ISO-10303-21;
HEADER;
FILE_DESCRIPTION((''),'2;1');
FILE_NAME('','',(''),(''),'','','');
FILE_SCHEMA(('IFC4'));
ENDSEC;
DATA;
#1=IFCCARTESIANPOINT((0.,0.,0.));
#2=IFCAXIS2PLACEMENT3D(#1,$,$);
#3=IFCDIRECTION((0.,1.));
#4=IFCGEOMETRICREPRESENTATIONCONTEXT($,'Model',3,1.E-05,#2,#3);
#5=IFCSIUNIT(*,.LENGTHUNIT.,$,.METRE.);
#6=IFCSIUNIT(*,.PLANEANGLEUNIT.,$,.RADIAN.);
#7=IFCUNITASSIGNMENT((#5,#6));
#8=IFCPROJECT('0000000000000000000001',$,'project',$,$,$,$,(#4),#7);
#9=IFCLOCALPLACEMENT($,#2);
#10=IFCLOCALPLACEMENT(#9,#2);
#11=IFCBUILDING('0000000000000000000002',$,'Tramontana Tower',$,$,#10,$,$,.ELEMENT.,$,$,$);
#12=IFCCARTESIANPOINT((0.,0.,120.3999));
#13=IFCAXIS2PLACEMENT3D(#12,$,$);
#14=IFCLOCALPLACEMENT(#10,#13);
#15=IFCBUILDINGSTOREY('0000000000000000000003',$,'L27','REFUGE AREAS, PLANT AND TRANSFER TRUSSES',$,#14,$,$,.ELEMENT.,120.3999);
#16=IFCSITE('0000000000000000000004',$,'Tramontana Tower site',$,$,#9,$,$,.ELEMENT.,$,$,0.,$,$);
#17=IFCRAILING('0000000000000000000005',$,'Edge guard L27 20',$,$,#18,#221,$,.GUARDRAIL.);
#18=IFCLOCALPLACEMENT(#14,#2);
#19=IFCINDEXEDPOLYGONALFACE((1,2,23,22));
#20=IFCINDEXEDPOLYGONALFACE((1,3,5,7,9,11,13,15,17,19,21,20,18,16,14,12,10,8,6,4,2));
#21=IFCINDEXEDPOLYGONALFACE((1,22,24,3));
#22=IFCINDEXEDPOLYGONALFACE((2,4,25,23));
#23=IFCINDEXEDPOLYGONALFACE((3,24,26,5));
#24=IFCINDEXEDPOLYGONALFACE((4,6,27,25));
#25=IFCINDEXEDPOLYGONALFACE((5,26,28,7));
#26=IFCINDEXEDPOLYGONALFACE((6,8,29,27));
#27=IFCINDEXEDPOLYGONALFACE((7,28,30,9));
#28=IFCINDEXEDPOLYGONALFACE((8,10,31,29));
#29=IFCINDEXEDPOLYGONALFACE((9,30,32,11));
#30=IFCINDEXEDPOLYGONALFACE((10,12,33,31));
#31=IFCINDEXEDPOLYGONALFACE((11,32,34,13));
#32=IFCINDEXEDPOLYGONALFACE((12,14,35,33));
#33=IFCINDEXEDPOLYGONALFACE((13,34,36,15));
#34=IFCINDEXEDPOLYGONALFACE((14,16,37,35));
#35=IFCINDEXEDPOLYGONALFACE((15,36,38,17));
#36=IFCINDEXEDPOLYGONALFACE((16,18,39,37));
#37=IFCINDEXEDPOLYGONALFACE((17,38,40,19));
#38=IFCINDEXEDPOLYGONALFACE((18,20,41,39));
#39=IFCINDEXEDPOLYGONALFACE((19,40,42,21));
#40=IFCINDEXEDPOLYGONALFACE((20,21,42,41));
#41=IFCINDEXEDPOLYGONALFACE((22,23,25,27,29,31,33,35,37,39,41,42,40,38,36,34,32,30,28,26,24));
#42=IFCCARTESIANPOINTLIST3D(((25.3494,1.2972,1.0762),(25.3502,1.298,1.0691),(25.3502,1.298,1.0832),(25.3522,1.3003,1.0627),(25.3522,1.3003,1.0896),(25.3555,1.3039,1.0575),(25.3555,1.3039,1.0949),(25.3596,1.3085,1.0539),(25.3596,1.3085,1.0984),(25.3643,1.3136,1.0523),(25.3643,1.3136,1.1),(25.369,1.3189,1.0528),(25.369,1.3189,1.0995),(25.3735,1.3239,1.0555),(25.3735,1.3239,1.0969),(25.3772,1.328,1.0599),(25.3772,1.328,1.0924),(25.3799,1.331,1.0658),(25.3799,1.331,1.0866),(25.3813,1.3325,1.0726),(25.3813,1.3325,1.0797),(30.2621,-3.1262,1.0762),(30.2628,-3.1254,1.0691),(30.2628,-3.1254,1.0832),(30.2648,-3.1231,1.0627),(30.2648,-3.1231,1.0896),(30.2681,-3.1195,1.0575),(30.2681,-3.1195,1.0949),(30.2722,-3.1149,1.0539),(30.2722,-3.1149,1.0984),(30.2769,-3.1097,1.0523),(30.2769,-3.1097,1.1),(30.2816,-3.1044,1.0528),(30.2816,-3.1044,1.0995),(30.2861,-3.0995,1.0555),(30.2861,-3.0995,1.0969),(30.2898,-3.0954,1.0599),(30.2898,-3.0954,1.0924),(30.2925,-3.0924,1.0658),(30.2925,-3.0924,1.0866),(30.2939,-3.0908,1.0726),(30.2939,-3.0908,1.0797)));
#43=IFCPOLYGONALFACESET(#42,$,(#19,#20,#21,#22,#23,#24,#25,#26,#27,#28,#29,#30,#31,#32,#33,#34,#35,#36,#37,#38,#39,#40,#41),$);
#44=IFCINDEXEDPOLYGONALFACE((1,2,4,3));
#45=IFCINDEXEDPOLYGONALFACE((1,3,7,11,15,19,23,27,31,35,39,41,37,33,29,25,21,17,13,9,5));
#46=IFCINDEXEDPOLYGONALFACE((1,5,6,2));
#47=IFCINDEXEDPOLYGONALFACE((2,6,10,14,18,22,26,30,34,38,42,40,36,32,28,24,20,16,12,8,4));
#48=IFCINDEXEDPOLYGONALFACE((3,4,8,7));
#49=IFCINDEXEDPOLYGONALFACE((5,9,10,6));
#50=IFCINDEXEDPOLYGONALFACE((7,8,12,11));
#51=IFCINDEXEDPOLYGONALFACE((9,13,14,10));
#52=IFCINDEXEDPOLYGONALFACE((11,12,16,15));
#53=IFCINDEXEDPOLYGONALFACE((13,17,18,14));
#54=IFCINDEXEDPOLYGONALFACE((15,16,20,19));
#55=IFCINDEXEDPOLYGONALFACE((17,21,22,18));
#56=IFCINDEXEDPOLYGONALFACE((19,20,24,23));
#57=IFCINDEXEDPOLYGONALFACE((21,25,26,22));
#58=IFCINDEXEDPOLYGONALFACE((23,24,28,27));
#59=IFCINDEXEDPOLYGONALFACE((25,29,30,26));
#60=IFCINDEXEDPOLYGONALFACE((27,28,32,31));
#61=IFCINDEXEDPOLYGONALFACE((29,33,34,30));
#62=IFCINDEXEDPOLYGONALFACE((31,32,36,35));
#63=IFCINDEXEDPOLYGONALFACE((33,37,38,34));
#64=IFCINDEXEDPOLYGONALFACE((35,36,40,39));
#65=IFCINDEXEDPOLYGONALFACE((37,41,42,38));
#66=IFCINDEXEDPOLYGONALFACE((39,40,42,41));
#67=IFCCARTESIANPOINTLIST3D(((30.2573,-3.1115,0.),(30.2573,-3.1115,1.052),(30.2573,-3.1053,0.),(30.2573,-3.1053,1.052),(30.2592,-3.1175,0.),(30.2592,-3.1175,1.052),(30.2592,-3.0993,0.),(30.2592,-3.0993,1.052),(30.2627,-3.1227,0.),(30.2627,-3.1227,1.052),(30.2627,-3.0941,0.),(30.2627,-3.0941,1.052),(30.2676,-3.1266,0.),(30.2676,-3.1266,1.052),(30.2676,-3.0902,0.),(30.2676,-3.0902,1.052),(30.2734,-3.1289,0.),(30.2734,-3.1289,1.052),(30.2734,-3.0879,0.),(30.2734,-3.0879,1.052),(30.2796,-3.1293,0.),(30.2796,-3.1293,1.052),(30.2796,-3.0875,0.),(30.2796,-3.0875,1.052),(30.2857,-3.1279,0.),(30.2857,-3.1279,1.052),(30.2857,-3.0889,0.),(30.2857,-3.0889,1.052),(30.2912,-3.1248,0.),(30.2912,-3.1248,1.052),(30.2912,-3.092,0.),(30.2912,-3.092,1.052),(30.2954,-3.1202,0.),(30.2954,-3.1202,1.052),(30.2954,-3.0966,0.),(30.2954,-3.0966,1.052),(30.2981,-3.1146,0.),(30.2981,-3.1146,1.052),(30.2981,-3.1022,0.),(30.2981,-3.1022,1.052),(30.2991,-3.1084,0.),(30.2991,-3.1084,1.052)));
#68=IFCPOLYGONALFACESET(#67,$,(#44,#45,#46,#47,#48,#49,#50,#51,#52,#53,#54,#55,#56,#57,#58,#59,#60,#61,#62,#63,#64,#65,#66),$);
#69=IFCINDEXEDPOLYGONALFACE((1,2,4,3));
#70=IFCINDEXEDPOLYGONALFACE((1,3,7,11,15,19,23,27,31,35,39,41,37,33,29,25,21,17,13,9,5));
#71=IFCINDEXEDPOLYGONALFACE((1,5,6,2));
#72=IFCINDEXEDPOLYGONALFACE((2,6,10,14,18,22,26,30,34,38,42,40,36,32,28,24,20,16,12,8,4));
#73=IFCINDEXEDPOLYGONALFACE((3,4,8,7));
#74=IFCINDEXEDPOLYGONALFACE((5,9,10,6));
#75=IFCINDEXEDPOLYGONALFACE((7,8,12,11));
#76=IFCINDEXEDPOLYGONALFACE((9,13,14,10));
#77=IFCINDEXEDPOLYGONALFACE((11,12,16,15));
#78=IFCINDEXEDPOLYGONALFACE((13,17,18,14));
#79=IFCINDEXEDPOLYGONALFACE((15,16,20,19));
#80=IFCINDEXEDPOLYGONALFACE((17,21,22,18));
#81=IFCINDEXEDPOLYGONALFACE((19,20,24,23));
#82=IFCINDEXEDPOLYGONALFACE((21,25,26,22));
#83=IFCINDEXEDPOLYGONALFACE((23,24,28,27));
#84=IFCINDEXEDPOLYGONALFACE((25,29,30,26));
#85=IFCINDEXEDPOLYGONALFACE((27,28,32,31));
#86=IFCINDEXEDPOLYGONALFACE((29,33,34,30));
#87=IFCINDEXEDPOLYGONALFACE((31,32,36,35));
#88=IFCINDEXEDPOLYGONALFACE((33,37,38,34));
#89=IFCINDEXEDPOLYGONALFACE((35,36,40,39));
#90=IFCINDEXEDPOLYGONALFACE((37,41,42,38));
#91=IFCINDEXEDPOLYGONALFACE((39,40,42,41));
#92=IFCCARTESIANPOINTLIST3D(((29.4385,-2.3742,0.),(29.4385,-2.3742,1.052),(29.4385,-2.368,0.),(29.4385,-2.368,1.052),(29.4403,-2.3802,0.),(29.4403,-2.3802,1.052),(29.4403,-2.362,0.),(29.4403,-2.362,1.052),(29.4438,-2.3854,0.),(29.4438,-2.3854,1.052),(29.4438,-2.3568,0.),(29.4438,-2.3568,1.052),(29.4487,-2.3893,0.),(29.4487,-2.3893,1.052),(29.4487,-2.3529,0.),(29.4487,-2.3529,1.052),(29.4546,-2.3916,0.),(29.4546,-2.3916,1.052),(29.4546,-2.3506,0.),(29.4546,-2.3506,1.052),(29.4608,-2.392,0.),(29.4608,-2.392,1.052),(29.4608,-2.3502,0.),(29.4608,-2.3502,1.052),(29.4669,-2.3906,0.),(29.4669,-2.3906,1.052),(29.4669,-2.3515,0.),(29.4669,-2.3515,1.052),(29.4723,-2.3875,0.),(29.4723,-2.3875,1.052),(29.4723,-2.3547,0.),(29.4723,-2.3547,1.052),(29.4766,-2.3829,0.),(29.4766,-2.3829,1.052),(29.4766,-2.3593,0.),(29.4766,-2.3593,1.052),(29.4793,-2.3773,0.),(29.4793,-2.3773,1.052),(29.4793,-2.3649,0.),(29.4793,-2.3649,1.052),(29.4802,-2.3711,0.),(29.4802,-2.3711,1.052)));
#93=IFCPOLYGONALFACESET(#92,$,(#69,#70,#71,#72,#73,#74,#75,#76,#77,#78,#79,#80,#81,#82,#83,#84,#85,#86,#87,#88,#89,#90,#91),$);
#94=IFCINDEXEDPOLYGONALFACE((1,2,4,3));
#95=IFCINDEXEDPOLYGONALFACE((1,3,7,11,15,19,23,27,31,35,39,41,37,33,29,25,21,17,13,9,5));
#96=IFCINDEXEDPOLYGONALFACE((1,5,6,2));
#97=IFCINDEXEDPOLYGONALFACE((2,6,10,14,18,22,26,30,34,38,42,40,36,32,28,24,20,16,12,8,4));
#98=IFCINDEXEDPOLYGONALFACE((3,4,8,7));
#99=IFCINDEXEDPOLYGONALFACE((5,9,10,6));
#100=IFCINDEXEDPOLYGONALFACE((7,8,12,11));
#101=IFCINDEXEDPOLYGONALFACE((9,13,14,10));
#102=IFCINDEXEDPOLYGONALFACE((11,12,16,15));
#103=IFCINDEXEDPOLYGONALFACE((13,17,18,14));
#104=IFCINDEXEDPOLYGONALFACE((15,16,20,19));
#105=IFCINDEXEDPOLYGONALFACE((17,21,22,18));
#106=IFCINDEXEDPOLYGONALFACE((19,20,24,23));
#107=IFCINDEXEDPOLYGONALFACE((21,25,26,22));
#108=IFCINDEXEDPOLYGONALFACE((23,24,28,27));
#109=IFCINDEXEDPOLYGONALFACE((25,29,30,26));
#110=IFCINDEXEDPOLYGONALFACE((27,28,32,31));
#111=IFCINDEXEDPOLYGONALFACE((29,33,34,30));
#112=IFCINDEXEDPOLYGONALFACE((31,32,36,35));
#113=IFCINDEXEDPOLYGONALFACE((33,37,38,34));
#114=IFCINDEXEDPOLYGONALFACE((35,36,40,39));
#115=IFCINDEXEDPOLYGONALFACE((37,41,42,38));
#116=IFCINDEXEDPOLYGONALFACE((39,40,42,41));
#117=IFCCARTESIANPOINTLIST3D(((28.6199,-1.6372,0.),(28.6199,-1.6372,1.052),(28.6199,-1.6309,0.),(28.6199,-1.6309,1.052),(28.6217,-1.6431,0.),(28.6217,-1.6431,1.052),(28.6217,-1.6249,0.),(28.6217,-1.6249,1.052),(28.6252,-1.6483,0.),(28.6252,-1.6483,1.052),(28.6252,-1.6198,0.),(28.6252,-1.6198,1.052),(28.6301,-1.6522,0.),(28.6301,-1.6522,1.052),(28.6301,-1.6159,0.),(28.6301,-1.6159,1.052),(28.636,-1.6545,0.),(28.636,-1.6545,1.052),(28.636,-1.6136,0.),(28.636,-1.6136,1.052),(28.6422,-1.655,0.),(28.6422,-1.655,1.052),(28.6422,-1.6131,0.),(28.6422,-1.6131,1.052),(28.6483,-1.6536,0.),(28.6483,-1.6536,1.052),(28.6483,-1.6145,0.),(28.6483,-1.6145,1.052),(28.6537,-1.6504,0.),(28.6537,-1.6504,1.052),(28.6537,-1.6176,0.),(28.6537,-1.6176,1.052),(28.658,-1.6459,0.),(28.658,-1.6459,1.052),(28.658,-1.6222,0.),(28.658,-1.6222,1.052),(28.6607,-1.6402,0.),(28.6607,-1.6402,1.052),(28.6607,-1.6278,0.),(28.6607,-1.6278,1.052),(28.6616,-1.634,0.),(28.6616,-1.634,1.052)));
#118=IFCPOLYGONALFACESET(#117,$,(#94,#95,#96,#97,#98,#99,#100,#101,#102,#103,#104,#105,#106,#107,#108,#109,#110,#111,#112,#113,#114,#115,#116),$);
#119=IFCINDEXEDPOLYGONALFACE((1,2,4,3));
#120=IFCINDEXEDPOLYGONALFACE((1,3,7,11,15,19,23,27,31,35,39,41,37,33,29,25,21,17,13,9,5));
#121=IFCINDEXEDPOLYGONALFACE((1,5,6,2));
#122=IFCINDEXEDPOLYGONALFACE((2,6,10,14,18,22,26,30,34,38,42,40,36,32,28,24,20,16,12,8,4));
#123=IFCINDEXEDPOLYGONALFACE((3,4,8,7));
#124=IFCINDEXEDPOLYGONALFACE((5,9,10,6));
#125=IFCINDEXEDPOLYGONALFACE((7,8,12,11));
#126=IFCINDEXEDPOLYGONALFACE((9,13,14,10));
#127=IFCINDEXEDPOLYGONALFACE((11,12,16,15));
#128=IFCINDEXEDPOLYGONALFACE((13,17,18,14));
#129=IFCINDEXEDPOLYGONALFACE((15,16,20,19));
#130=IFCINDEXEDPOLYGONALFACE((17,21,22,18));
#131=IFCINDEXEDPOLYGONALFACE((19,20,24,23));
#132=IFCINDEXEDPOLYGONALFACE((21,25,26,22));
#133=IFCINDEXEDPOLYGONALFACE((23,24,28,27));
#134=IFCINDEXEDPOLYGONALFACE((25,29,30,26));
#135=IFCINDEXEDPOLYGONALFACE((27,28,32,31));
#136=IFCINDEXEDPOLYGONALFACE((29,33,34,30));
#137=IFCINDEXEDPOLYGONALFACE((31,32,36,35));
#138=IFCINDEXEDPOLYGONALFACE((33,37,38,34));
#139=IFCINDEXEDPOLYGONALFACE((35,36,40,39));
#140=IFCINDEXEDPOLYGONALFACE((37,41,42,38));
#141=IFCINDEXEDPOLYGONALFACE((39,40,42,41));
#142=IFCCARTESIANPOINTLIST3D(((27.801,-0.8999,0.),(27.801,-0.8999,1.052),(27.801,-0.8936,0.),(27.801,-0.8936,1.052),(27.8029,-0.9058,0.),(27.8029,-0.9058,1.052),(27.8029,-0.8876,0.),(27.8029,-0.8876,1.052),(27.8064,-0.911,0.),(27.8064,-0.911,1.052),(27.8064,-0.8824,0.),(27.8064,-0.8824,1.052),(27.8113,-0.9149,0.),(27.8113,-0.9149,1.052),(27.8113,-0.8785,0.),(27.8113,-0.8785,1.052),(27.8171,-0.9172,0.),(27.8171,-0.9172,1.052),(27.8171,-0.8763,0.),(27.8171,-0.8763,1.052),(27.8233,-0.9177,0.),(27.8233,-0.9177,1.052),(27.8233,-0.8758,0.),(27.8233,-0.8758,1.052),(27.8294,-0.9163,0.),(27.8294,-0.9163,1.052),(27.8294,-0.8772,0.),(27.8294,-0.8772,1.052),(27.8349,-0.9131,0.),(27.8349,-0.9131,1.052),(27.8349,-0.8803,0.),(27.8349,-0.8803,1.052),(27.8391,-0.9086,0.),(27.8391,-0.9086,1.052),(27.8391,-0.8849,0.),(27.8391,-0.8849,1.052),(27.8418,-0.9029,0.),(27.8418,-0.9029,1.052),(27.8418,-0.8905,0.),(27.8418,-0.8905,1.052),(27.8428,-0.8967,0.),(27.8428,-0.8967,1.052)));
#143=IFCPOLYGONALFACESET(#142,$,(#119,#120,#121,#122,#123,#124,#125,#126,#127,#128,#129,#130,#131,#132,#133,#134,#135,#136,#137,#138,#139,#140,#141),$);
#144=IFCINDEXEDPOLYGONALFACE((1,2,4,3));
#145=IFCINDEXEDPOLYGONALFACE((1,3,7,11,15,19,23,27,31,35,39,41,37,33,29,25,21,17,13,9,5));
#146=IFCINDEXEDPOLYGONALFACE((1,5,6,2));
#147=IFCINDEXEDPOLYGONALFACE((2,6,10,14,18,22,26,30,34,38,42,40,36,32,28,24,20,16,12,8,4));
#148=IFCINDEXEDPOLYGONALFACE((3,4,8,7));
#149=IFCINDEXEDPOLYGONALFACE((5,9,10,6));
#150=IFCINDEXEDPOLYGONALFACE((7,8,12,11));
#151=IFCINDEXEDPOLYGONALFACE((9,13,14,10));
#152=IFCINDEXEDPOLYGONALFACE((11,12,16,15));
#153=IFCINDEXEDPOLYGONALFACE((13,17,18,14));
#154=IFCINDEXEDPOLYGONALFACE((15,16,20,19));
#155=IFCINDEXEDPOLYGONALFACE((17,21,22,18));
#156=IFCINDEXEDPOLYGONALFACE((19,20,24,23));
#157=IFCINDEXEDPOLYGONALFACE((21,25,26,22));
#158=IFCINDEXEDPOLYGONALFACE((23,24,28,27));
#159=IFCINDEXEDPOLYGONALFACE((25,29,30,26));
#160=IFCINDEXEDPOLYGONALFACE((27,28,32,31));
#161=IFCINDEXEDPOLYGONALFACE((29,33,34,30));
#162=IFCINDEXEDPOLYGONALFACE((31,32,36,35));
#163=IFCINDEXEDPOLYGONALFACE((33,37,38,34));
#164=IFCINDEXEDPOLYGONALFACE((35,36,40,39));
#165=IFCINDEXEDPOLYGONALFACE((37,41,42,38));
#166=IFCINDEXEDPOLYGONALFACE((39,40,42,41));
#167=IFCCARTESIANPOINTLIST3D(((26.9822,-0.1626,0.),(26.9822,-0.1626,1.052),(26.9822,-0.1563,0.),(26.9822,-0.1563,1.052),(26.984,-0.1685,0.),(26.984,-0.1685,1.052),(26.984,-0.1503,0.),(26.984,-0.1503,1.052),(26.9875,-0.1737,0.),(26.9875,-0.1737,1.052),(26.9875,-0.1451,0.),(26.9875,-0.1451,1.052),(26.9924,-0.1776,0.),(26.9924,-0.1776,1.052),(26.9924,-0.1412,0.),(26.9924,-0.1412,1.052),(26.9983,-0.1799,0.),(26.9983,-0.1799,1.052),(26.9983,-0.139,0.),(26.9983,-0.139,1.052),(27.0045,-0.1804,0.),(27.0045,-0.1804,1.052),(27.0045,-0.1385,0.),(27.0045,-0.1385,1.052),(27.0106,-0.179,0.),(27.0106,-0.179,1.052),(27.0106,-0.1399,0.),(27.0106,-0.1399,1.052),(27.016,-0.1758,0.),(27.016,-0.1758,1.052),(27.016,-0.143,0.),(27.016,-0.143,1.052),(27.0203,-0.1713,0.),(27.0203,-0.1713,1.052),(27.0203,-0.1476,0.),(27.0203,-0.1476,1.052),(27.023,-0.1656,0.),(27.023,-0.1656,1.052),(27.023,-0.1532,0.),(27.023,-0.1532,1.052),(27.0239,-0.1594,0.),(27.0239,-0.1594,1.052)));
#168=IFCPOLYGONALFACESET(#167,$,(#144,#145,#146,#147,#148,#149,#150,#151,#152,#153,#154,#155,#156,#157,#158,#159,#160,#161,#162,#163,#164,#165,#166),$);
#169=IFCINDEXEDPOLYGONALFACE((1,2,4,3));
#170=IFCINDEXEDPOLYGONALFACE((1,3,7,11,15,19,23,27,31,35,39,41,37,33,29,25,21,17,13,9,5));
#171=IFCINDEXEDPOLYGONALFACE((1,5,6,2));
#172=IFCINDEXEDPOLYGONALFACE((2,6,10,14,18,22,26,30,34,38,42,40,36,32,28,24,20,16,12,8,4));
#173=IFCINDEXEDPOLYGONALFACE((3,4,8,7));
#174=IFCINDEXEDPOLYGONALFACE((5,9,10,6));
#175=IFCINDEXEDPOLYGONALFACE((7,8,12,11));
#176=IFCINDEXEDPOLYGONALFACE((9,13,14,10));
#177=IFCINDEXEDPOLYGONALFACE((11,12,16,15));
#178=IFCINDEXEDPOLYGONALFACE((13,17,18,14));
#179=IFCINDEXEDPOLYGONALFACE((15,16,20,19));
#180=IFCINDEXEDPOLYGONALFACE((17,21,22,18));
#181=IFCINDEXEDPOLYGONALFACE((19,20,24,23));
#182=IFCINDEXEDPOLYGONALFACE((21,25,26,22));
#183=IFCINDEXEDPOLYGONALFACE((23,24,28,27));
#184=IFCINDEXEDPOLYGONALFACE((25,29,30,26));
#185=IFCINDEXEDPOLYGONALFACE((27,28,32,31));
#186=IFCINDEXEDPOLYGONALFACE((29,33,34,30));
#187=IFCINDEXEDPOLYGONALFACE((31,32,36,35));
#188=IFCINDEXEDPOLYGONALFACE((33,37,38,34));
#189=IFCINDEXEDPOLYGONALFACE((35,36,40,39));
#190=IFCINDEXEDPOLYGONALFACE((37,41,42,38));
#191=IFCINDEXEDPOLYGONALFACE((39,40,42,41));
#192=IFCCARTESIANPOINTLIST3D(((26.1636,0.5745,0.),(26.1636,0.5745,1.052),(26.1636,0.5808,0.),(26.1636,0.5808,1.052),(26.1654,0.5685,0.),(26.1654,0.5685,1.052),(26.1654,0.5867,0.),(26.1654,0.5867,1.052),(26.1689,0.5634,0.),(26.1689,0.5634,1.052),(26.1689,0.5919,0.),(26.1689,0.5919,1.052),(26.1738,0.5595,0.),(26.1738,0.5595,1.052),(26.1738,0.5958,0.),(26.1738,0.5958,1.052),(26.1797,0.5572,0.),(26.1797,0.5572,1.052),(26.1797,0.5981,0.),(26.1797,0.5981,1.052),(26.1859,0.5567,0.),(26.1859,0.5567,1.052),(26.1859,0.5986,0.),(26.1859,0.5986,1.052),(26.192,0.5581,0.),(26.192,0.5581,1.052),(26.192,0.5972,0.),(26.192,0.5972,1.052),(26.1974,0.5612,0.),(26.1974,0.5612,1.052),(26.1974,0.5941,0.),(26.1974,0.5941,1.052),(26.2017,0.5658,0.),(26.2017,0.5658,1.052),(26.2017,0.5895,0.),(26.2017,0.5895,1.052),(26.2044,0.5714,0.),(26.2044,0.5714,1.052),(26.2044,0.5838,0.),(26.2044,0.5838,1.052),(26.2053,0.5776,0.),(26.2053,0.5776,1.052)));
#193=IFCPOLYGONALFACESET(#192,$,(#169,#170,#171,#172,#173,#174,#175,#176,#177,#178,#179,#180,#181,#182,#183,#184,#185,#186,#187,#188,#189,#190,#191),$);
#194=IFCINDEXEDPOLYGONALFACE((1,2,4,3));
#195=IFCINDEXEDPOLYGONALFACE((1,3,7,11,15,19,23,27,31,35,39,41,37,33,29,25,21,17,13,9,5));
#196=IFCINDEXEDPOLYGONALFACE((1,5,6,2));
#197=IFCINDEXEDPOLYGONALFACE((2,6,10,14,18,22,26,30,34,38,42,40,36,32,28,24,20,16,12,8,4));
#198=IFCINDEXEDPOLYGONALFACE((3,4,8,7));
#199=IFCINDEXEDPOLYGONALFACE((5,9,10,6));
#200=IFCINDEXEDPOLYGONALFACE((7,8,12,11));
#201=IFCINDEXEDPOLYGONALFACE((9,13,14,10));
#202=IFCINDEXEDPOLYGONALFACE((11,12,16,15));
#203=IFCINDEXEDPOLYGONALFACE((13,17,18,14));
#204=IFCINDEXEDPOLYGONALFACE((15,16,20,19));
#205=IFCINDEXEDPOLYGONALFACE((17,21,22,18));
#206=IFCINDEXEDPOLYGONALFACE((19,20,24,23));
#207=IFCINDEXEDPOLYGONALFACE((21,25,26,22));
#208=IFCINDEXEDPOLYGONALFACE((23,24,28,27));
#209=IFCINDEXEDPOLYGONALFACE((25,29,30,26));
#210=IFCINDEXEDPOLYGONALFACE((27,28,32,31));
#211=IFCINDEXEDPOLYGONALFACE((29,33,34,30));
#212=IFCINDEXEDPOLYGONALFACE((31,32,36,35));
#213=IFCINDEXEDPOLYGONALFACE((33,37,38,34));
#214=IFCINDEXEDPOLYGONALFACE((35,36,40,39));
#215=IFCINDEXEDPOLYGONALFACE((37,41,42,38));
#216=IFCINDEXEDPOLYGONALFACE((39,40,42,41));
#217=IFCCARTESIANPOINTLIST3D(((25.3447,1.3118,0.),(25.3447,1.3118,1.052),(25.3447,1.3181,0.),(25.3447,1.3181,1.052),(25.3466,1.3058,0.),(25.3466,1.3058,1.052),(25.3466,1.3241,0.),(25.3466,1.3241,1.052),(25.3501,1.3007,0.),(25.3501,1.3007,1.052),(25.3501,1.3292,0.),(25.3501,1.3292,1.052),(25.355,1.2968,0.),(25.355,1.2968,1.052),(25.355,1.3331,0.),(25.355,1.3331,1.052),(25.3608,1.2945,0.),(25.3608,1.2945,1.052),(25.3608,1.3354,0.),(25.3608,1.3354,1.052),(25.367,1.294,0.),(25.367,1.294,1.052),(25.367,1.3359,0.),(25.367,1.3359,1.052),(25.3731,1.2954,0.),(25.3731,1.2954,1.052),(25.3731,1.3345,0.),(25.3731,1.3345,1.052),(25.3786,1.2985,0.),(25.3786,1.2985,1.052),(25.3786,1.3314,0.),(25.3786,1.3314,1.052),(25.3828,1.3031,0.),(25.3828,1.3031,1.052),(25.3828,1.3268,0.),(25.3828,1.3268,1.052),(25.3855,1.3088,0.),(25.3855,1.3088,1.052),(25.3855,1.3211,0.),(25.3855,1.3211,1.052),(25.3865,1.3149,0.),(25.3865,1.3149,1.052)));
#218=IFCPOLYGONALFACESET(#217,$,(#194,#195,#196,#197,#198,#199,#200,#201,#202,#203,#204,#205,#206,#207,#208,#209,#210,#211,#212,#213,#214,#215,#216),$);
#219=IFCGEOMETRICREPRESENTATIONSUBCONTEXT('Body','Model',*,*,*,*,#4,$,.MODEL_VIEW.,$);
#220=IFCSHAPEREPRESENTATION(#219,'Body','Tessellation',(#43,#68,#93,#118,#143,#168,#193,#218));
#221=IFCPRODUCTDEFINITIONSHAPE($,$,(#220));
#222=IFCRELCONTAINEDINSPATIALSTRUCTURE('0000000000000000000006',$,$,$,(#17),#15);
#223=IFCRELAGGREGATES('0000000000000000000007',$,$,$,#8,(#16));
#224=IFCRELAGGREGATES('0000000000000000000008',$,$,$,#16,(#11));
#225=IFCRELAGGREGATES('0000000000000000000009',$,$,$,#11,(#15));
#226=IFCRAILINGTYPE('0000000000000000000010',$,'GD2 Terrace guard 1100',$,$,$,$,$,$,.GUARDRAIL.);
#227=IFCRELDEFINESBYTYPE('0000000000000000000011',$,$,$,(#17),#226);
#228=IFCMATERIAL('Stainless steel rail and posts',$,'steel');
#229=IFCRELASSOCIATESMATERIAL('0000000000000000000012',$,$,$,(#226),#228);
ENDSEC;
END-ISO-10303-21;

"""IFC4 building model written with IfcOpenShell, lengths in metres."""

from ifc_helpers import new_model, si_unit, direction, frame, origin, origin_2d, place, context, subcontext, project, spatial, circle, extrude, material, type_object, element, save


model = new_model("IFC4")

# Units and contexts
model_context = context("Model", 3, precision=1e-05, world=origin(), true_north=direction((0.0, 1.0)))
body_context = subcontext(model_context, "Body", "Model", "MODEL_VIEW")
ifc_project = project(units=[si_unit("LENGTHUNIT", "METRE"), si_unit("PLANEANGLEUNIT", "RADIAN")], contexts=[model_context])

# Site, building, storey
site_placement = place(None, origin())
site = spatial("IfcSite", under=ifc_project, at=site_placement, Name="Tramontana Tower site", CompositionType="ELEMENT", RefElevation=0.0)
building_placement = place(site_placement, origin())
building = spatial("IfcBuilding", under=site, at=building_placement, Name="Tramontana Tower", CompositionType="ELEMENT")
storey_placement = place(building_placement, frame((0.0, 0.0, 120.3999)))
storey = spatial("IfcBuildingStorey", under=building, at=storey_placement, Name="L27", Description="REFUGE AREAS, PLANT AND TRANSFER TRUSSES", CompositionType="ELEMENT", Elevation=120.3999)

# Railing
ifc_material_1 = material(Name="Stainless steel rail and posts", Category="steel")
railing_type = type_object("IfcRailingType", Name="GD2 Terrace guard 1100", PredefinedType="GUARDRAIL", material=ifc_material_1)
railing_1_placement = place(storey_placement, frame((30.2781, -3.1084, 0.0)))
element("IfcRailing", 1, at=railing_1_placement, inside=storey, type_object=railing_type, Name="Edge guard L27 20", PredefinedType="GUARDRAIL", context=body_context, shape_type="SweptSolid", body=[
    extrude(circle(Radius=0.0239, at=origin_2d()), frame((0.0, 0.0, 1.0762), z_axis=(-0.743144, 0.669132, 0.0), x_axis=(-0.669132, -0.743144, 0.0)), (0.0, 0.0, 1.0), 6.6106),
    extrude(circle(Radius=0.021, at=origin_2d()), origin(), (0.0, 0.0, 1.0), 1.052),
    extrude(circle(Radius=0.021, at=origin_2d()), frame((-0.8188, 0.7373, 0.0)), (0.0, 0.0, 1.0), 1.052),
    extrude(circle(Radius=0.021, at=origin_2d()), frame((-1.6375, 1.4744, 0.0)), (0.0, 0.0, 1.0), 1.052),
    extrude(circle(Radius=0.021, at=origin_2d()), frame((-2.4563, 2.2117, 0.0)), (0.0, 0.0, 1.0), 1.052),
    extrude(circle(Radius=0.021, at=origin_2d()), frame((-3.2751, 2.949, 0.0)), (0.0, 0.0, 1.0), 1.052),
    extrude(circle(Radius=0.021, at=origin_2d()), frame((-4.0938, 3.686, 0.0)), (0.0, 0.0, 1.0), 1.052),
    extrude(circle(Radius=0.021, at=origin_2d()), frame((-4.9126, 4.4233, 0.0)), (0.0, 0.0, 1.0), 1.052),
])

save(model, "model.ifc")
